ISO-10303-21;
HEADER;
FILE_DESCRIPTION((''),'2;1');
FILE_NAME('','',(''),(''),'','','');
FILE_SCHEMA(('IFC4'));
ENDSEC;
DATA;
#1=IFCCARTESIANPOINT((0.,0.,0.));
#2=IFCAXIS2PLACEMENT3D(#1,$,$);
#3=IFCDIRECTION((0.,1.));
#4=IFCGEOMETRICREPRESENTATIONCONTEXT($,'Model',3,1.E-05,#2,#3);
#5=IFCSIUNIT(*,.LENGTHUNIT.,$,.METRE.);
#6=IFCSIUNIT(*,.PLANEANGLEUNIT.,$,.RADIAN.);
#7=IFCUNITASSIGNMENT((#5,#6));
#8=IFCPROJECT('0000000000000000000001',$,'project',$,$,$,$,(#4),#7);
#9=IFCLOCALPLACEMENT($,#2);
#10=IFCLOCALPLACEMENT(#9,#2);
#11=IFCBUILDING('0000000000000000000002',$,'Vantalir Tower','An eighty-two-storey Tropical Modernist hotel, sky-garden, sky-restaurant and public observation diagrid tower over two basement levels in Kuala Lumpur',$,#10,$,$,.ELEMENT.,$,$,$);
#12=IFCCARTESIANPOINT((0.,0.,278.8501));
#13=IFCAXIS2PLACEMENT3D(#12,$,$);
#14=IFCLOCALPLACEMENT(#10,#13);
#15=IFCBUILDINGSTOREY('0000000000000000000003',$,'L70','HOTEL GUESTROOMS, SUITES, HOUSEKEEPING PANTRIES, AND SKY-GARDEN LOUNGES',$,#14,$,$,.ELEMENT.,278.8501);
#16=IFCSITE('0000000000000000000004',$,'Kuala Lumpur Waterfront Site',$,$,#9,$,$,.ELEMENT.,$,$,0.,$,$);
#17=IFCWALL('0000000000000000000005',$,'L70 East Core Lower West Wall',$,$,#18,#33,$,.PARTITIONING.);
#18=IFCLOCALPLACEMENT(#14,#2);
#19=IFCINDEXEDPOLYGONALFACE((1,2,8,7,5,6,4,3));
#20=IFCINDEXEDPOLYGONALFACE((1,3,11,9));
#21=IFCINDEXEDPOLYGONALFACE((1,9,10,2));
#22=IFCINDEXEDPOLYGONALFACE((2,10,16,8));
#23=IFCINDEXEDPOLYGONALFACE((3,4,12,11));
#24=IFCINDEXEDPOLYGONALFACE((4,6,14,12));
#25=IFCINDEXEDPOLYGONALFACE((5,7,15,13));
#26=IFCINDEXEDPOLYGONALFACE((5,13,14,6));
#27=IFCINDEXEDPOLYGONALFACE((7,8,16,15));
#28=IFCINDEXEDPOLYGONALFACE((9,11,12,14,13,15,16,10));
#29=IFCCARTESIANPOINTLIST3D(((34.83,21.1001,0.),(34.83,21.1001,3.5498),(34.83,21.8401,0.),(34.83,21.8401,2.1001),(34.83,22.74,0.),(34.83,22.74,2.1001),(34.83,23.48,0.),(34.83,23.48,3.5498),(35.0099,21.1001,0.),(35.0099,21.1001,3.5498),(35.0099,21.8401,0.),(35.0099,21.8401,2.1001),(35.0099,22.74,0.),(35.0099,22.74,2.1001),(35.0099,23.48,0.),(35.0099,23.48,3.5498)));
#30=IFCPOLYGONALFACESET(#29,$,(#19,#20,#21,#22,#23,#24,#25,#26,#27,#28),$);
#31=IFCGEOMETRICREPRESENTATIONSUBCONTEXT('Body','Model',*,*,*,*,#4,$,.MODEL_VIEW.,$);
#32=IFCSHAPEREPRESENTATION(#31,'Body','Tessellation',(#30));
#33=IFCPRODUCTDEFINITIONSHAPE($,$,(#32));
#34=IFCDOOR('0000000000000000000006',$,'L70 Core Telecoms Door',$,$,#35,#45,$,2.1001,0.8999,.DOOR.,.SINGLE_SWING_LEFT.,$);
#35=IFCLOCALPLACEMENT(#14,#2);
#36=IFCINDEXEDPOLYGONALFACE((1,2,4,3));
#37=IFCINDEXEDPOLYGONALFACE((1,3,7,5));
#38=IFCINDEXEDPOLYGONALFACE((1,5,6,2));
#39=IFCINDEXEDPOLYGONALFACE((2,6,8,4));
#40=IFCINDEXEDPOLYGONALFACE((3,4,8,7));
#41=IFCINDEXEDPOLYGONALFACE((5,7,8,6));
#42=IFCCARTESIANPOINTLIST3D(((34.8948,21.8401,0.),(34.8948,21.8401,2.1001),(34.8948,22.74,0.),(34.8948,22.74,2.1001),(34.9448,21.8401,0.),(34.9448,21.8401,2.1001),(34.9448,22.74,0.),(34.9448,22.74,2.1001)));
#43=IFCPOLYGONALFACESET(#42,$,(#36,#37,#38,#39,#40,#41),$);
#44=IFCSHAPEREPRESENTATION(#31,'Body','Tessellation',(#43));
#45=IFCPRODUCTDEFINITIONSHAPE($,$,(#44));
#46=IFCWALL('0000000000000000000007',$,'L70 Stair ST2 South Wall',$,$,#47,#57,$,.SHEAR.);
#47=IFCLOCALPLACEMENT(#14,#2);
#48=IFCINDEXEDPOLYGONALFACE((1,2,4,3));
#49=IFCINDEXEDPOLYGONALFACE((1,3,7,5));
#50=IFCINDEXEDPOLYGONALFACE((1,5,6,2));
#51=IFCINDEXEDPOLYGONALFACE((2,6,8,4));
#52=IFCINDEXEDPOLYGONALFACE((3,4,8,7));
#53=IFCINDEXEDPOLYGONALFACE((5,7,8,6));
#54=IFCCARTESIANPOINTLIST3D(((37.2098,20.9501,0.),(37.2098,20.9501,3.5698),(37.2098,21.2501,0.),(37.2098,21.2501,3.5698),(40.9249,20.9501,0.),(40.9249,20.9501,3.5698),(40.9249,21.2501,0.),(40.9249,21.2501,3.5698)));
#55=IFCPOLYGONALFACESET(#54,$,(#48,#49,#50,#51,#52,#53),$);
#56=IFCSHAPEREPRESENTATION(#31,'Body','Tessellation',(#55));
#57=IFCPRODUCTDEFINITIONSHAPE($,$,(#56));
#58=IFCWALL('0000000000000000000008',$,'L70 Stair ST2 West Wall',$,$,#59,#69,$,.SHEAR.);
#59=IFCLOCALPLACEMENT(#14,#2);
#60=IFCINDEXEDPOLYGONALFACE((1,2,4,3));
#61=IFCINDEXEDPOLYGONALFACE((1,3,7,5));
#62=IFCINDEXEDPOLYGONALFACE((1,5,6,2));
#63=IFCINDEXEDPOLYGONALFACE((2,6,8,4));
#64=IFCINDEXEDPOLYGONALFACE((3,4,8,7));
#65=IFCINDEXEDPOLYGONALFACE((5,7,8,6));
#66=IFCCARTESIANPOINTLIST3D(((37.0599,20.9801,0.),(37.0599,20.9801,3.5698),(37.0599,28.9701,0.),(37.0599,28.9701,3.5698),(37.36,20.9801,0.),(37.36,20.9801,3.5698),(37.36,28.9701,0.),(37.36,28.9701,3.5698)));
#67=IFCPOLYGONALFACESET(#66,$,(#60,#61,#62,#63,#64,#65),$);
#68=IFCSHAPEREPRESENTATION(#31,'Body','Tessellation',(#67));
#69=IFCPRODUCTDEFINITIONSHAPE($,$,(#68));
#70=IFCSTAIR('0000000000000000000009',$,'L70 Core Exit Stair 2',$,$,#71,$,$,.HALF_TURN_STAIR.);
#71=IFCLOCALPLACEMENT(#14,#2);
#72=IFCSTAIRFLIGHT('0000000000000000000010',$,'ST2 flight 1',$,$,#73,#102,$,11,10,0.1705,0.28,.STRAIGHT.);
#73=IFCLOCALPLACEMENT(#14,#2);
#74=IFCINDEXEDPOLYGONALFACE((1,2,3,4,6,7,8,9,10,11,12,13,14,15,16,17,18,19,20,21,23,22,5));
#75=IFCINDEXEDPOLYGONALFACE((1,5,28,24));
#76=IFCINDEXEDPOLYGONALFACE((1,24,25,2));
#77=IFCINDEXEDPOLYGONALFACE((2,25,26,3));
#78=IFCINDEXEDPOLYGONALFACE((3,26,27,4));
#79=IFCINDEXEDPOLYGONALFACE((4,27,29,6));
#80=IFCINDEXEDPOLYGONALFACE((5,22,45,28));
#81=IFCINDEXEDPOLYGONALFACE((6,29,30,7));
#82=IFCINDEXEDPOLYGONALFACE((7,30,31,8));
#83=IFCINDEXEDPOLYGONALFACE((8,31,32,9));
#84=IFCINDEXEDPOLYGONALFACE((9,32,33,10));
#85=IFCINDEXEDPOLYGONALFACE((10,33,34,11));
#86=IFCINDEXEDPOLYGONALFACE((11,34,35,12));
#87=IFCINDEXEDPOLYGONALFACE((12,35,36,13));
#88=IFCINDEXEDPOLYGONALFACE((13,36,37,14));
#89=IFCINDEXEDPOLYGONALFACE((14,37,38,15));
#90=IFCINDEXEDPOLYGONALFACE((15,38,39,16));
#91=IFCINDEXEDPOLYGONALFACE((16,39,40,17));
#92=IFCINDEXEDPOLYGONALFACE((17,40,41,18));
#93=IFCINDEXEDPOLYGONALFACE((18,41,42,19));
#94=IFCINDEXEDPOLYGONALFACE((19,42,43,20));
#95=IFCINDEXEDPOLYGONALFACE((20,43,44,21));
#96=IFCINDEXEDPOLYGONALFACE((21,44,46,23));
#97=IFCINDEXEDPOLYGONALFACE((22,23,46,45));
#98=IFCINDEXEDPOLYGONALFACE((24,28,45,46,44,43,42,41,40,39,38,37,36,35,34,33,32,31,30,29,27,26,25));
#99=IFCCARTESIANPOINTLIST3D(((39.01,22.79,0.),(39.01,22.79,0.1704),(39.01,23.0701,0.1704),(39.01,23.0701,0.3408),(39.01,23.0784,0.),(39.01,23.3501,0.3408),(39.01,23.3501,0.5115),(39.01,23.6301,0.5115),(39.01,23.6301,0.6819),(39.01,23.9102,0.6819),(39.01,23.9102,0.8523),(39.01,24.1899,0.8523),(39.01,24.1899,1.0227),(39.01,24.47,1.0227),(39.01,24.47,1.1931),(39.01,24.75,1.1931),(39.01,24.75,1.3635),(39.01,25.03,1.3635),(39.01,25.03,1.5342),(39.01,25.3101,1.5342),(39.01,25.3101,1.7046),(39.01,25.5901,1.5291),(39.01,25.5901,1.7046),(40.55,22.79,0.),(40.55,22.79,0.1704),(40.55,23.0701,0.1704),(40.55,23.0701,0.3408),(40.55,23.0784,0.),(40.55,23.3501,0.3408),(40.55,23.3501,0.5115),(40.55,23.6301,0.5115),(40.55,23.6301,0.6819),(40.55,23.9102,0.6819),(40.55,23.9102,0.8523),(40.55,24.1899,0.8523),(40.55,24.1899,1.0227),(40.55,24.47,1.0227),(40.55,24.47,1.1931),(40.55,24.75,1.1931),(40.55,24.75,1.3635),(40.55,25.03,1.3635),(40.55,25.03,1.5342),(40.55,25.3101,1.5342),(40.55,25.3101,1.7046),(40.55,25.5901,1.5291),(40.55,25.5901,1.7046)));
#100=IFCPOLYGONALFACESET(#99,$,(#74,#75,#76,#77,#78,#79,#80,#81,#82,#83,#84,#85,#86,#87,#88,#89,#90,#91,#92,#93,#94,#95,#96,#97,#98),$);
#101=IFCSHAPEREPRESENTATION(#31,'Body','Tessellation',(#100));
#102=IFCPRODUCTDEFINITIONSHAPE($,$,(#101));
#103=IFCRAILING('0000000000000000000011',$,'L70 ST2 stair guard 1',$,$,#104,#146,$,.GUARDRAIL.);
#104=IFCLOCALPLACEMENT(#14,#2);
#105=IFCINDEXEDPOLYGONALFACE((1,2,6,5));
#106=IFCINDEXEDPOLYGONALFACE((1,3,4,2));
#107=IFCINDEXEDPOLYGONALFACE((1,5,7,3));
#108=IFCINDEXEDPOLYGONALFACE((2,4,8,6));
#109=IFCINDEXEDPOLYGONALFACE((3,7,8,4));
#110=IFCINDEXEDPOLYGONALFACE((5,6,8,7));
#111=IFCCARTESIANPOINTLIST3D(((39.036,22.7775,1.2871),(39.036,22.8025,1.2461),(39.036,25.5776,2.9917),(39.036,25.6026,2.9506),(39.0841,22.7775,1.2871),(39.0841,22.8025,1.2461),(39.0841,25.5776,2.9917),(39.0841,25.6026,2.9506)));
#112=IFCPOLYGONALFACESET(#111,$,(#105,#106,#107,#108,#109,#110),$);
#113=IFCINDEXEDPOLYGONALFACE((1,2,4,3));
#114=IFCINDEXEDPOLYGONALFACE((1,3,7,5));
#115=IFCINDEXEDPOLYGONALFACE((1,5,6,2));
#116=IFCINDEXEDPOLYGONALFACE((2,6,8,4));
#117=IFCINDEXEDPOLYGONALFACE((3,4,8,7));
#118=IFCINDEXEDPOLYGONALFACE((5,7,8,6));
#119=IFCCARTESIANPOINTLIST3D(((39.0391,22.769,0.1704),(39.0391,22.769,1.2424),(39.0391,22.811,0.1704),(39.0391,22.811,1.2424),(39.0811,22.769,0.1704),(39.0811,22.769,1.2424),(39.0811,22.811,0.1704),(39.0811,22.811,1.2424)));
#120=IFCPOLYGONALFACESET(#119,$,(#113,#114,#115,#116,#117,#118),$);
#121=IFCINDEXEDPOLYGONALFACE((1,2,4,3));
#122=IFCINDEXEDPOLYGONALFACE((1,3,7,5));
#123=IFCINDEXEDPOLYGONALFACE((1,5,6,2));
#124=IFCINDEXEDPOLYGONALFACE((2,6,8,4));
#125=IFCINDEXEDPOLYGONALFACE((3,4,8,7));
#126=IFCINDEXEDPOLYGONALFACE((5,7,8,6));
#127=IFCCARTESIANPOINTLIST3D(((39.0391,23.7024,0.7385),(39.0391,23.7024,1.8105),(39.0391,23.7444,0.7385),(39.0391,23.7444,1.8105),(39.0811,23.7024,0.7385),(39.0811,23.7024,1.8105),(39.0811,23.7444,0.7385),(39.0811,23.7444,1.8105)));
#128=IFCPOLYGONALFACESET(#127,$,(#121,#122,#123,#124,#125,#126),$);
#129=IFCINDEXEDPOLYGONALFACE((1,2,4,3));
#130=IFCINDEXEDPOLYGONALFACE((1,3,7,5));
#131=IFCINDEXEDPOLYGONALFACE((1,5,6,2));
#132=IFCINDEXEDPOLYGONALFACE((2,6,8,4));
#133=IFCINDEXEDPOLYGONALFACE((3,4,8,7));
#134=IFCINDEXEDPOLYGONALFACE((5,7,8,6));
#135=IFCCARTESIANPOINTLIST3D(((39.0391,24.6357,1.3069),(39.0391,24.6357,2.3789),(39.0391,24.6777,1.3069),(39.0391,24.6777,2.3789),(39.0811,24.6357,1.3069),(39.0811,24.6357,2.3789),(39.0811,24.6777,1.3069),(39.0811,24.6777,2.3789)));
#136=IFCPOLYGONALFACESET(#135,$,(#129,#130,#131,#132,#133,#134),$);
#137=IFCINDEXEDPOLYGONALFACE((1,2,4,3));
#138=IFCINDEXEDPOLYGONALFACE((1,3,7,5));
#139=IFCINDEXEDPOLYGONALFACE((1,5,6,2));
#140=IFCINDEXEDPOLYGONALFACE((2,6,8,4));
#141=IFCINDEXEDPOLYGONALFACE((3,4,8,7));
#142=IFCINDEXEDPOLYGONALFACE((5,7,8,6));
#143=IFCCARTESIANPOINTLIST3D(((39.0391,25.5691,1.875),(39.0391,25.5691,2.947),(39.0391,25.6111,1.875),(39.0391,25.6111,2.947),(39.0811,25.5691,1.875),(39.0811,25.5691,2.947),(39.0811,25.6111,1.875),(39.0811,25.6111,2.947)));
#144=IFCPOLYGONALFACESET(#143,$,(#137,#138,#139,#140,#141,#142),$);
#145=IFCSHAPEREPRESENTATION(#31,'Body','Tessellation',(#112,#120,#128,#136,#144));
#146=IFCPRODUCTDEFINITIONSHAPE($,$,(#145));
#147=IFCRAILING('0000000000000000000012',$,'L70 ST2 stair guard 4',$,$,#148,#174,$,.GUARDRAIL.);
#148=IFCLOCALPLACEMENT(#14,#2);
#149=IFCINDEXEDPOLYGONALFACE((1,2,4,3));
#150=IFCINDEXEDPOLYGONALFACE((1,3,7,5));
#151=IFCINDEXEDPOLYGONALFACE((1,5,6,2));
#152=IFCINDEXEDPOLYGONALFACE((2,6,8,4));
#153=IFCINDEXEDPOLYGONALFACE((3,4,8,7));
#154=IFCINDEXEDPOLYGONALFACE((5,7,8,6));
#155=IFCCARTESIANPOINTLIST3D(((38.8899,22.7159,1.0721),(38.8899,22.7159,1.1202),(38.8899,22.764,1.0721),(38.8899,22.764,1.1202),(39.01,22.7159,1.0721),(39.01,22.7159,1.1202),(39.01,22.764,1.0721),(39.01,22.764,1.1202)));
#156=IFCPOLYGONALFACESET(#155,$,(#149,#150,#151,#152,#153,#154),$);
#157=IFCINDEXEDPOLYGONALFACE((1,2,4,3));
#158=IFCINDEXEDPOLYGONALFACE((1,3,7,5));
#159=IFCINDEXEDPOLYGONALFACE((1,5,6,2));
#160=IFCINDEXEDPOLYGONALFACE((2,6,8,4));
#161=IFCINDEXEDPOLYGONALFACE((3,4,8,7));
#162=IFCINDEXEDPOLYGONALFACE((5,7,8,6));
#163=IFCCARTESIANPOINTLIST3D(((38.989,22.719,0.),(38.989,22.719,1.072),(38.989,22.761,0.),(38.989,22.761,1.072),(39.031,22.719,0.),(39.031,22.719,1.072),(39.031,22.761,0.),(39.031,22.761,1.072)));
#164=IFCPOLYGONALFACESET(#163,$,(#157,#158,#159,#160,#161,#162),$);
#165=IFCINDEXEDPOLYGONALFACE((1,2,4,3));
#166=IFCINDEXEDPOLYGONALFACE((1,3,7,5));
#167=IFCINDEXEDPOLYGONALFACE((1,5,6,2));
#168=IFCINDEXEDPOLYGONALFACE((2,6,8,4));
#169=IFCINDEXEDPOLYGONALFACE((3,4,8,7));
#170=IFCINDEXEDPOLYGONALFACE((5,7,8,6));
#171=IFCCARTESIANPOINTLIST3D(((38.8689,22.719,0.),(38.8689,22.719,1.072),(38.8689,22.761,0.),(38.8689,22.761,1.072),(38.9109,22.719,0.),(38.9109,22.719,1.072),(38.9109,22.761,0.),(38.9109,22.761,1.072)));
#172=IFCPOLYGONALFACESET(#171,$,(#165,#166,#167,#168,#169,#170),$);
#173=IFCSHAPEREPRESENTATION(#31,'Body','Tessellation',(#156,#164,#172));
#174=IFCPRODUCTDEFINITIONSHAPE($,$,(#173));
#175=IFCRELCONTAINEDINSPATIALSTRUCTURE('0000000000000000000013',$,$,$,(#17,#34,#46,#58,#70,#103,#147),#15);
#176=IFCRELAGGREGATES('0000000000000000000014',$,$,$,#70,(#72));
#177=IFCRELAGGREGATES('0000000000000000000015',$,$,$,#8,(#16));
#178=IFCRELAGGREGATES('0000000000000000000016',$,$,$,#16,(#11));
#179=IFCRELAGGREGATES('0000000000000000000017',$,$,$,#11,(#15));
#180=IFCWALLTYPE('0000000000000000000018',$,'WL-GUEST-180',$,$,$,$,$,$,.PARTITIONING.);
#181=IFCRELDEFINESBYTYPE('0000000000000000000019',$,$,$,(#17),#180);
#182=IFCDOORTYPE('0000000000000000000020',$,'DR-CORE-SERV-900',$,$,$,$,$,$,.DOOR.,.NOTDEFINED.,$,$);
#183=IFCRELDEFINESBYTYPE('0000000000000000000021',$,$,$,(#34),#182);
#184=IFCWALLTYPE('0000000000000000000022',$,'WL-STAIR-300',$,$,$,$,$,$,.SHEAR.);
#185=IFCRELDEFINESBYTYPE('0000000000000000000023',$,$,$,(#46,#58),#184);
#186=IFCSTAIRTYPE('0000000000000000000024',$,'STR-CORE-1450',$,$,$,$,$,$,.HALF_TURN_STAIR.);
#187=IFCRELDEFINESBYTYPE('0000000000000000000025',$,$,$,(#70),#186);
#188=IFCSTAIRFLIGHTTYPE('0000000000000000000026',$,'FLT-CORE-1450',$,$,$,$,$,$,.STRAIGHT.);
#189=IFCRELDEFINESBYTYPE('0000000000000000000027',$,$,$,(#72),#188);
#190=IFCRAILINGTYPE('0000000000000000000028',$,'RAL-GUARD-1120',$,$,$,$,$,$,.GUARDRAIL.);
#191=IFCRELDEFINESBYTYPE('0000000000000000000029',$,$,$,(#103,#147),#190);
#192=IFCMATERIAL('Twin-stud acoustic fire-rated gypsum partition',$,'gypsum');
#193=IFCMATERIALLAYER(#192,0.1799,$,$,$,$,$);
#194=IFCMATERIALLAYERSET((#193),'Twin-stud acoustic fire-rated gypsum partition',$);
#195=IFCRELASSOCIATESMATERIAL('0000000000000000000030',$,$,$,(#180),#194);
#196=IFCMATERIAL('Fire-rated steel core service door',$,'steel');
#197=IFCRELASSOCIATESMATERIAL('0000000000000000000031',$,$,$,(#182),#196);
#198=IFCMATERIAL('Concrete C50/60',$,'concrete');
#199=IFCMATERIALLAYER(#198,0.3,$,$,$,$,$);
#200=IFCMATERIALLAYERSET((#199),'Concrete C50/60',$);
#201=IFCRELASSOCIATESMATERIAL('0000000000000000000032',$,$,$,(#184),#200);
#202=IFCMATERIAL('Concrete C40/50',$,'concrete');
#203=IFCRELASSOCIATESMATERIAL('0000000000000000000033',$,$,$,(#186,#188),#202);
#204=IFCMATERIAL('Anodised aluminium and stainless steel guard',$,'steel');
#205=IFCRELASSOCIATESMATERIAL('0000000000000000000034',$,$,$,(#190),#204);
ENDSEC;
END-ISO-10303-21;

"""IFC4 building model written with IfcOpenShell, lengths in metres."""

from ifc_helpers import new_model, si_unit, direction, frame, frame_2d, origin, origin_2d, place, context, subcontext, project, spatial, polyline, rectangle, outline, extrude, material, layer, layer_set, type_object, element, fill, aggregate, save


model = new_model("IFC4")

# Units and contexts
model_context = context("Model", 3, precision=1e-05, world=origin(), true_north=direction((0.0, 1.0)))
body_context = subcontext(model_context, "Body", "Model", "MODEL_VIEW")
ifc_project = project(units=[si_unit("LENGTHUNIT", "METRE"), si_unit("PLANEANGLEUNIT", "RADIAN")], contexts=[model_context])

# Site, building, storey
site_placement = place(None, origin())
site = spatial("IfcSite", under=ifc_project, at=site_placement, Name="Kuala Lumpur Waterfront Site", CompositionType="ELEMENT", RefElevation=0.0)
building_placement = place(site_placement, origin())
building = spatial("IfcBuilding", under=site, at=building_placement, Name="Vantalir Tower", Description="An eighty-two-storey Tropical Modernist hotel, sky-garden, sky-restaurant and public observation diagrid tower over two basement levels in Kuala Lumpur", CompositionType="ELEMENT")
storey_placement = place(building_placement, frame((0.0, 0.0, 278.8501)))
storey = spatial("IfcBuildingStorey", under=building, at=storey_placement, Name="L70", Description="HOTEL GUESTROOMS, SUITES, HOUSEKEEPING PANTRIES, AND SKY-GARDEN LOUNGES", CompositionType="ELEMENT", Elevation=278.8501)

# Shared definitions
ifc_material_1 = material(Name="Concrete C50/60", Category="concrete")

# Shared definitions
ifc_material_2 = material(Name="Twin-stud acoustic fire-rated gypsum partition", Category="gypsum")
ifc_layer_1 = layer(ifc_material_2, 0.1799)
ifc_layer_set_1 = layer_set([ifc_layer_1], Name="Twin-stud acoustic fire-rated gypsum partition")
wall_type_1 = type_object("IfcWallType", Name="WL-GUEST-180", PredefinedType="PARTITIONING", material=ifc_layer_set_1)

# Wall, opening, door
wall_1_placement = place(storey_placement, frame((34.9199, 21.1001, 0.0), z_axis=(0.0, 0.0, 1.0), x_axis=(0.0, 1.0, 0.0)))
wall_1 = element("IfcWall", 1, at=wall_1_placement, inside=storey, type_object=wall_type_1, Name="L70 East Core Lower West Wall", PredefinedType="PARTITIONING", context=body_context, shape_type="SweptSolid", body=[
    extrude(rectangle(XDim=2.3799, YDim=0.1799, at=frame_2d((1.1899, 0.0))), origin(), (0.0, 0.0, 1.0), 3.5498),
])
opening_placement = place(wall_1_placement, frame((0.74, 0.0, 0.0)))
opening = element("IfcOpeningElement", 2, at=opening_placement, cuts=wall_1, PredefinedType="OPENING", context=body_context, shape_type="SweptSolid", body=[
    extrude(rectangle(XDim=0.8999, YDim=2.1001, at=frame_2d((0.45, 1.05))), frame((0.0, 0.0999, 0.0), z_axis=(0.0, -1.0, 0.0), x_axis=(1.0, 0.0, 0.0)), (0.0, 0.0, 1.0), 0.2),
])
ifc_material_3 = material(Name="Fire-rated steel core service door", Category="steel")
door_type = type_object("IfcDoorType", Name="DR-CORE-SERV-900", OperationType="NOTDEFINED", PredefinedType="DOOR", material=ifc_material_3)
door_placement = place(opening_placement, frame((0.8999, 0.0, 0.0), z_axis=(0.0, 0.0, 1.0), x_axis=(-1.0, 0.0, 0.0)))
door = element("IfcDoor", 3, at=door_placement, inside=storey, type_object=door_type, Name="L70 Core Telecoms Door", OperationType="SINGLE_SWING_LEFT", OverallHeight=2.1001, OverallWidth=0.8999, PredefinedType="DOOR", context=body_context, shape_type="SweptSolid", body=[
    extrude(rectangle(XDim=0.8999, YDim=2.1001, at=frame_2d((0.45, 1.05))), frame((0.0, 0.0249, 0.0), z_axis=(0.0, -1.0, 0.0), x_axis=(1.0, 0.0, 0.0)), (0.0, 0.0, 1.0), 0.05),
])
fill(opening, door)

# Walls
ifc_layer_2 = layer(ifc_material_1, 0.3)
ifc_layer_set_2 = layer_set([ifc_layer_2], Name="Concrete C50/60")
wall_type_2 = type_object("IfcWallType", Name="WL-STAIR-300", PredefinedType="SHEAR", material=ifc_layer_set_2)
wall_2_placement = place(storey_placement, frame((37.21, 21.1001, 0.0), z_axis=(0.0, 0.0, 1.0), x_axis=(1.0, 0.0, 0.0)))
element("IfcWall", 4, at=wall_2_placement, inside=storey, type_object=wall_type_2, Name="L70 Stair ST2 South Wall", PredefinedType="SHEAR", context=body_context, shape_type="SweptSolid", body=[
    extrude(rectangle(XDim=3.7151, YDim=0.3, at=frame_2d((1.8574, 0.0))), origin(), (0.0, 0.0, 1.0), 3.5698),
])
wall_3_placement = place(storey_placement, frame((37.21, 20.98, 0.0), z_axis=(0.0, 0.0, 1.0), x_axis=(0.0, 1.0, 0.0)))
element("IfcWall", 5, at=wall_3_placement, inside=storey, type_object=wall_type_2, Name="L70 Stair ST2 West Wall", PredefinedType="SHEAR", context=body_context, shape_type="SweptSolid", body=[
    extrude(rectangle(XDim=7.99, YDim=0.3, at=frame_2d((3.9951, 0.0))), origin(), (0.0, 0.0, 1.0), 3.5698),
])

# Stair, stair flight
ifc_material_4 = material(Name="Concrete C40/50", Category="concrete")
stair_type = type_object("IfcStairType", Name="STR-CORE-1450", PredefinedType="HALF_TURN_STAIR", material=ifc_material_4)
stair_placement = place(storey_placement, origin())
stair = element("IfcStair", 6, at=stair_placement, inside=storey, type_object=stair_type, Name="L70 Core Exit Stair 2", PredefinedType="HALF_TURN_STAIR")
stair_flight_type = type_object("IfcStairFlightType", Name="FLT-CORE-1450", PredefinedType="STRAIGHT", material=ifc_material_4)
stair_flight_placement = place(storey_placement, frame((39.78, 22.79, 0.0), z_axis=(0.0, 0.0, 1.0), x_axis=(0.0, 1.0, 0.0)))
stair_flight = element("IfcStairFlight", 7, at=stair_flight_placement, type_object=stair_flight_type, Name="ST2 flight 1", NumberOfRisers=11, NumberOfTreads=10, PredefinedType="STRAIGHT", RiserHeight=0.1705, TreadLength=0.28, context=body_context, shape_type="SweptSolid", body=[
    extrude(outline(polyline([(0.0, 0.0), (0.0, 0.1704), (0.28, 0.1704), (0.28, 0.3408), (0.5601, 0.3408), (0.5601, 0.5115), (0.8401, 0.5115), (0.8401, 0.6819), (1.1201, 0.6819), (1.1201, 0.8523), (1.3999, 0.8523), (1.3999, 1.0227), (1.6799, 1.0227), (1.6799, 1.1931), (1.96, 1.1931), (1.96, 1.3635), (2.24, 1.3635), (2.24, 1.5342), (2.52, 1.5342), (2.52, 1.7046), (2.8, 1.7046), (2.8, 1.875), (2.8, 1.5291), (0.2883, 0.0), (0.0, 0.0)])), frame((0.0, 0.77, 0.0), z_axis=(0.0, -1.0, 0.0), x_axis=(1.0, 0.0, 0.0)), (0.0, 0.0, 1.0), 1.54),
])
aggregate(stair, [stair_flight])

# Railings
ifc_material_5 = material(Name="Anodised aluminium and stainless steel guard", Category="steel")
railing_type_1 = type_object("IfcRailingType", Name="RAL-GUARD-1120", PredefinedType="GUARDRAIL", material=ifc_material_5)
railing_1_placement = place(storey_placement, frame((39.0601, 22.79, 0.1704)))
element("IfcRailing", 8, at=railing_1_placement, inside=storey, type_object=railing_type_1, Name="L70 ST2 stair guard 1", PredefinedType="GUARDRAIL", context=body_context, shape_type="SweptSolid", body=[
    extrude(rectangle(XDim=0.0481, YDim=0.0481, at=origin_2d()), frame((0.0, 0.0, 1.0962), z_axis=(0.0, 0.85417, 0.519994), x_axis=(-1.0, 0.0, 0.0)), (0.0, 0.0, 1.0), 3.2781),
    extrude(rectangle(XDim=0.042, YDim=0.042, at=origin_2d()), origin(), (0.0, 0.0, 1.0), 1.072),
    extrude(rectangle(XDim=0.042, YDim=0.042, at=origin_2d()), frame((0.0, 0.9333, 0.5681)), (0.0, 0.0, 1.0), 1.072),
    extrude(rectangle(XDim=0.042, YDim=0.042, at=origin_2d()), frame((0.0, 1.8667, 1.1365)), (0.0, 0.0, 1.0), 1.072),
    extrude(rectangle(XDim=0.042, YDim=0.042, at=origin_2d()), frame((0.0, 2.8, 1.7046)), (0.0, 0.0, 1.0), 1.072),
])
railing_2_placement = place(storey_placement, frame((39.01, 22.74, 0.0)))
element("IfcRailing", 9, at=railing_2_placement, inside=storey, type_object=railing_type_1, Name="L70 ST2 stair guard 4", PredefinedType="GUARDRAIL", context=body_context, shape_type="SweptSolid", body=[
    extrude(rectangle(XDim=0.0481, YDim=0.0481, at=origin_2d()), frame((0.0, 0.0, 1.0962), z_axis=(-1.0, 0.0, 0.0), x_axis=(0.0, -1.0, 0.0)), (0.0, 0.0, 1.0), 0.1201),
    extrude(rectangle(XDim=0.042, YDim=0.042, at=origin_2d()), origin(), (0.0, 0.0, 1.0), 1.072),
    extrude(rectangle(XDim=0.042, YDim=0.042, at=origin_2d()), frame((-0.1201, 0.0, 0.0)), (0.0, 0.0, 1.0), 1.072),
])

save(model, "model.ifc")
